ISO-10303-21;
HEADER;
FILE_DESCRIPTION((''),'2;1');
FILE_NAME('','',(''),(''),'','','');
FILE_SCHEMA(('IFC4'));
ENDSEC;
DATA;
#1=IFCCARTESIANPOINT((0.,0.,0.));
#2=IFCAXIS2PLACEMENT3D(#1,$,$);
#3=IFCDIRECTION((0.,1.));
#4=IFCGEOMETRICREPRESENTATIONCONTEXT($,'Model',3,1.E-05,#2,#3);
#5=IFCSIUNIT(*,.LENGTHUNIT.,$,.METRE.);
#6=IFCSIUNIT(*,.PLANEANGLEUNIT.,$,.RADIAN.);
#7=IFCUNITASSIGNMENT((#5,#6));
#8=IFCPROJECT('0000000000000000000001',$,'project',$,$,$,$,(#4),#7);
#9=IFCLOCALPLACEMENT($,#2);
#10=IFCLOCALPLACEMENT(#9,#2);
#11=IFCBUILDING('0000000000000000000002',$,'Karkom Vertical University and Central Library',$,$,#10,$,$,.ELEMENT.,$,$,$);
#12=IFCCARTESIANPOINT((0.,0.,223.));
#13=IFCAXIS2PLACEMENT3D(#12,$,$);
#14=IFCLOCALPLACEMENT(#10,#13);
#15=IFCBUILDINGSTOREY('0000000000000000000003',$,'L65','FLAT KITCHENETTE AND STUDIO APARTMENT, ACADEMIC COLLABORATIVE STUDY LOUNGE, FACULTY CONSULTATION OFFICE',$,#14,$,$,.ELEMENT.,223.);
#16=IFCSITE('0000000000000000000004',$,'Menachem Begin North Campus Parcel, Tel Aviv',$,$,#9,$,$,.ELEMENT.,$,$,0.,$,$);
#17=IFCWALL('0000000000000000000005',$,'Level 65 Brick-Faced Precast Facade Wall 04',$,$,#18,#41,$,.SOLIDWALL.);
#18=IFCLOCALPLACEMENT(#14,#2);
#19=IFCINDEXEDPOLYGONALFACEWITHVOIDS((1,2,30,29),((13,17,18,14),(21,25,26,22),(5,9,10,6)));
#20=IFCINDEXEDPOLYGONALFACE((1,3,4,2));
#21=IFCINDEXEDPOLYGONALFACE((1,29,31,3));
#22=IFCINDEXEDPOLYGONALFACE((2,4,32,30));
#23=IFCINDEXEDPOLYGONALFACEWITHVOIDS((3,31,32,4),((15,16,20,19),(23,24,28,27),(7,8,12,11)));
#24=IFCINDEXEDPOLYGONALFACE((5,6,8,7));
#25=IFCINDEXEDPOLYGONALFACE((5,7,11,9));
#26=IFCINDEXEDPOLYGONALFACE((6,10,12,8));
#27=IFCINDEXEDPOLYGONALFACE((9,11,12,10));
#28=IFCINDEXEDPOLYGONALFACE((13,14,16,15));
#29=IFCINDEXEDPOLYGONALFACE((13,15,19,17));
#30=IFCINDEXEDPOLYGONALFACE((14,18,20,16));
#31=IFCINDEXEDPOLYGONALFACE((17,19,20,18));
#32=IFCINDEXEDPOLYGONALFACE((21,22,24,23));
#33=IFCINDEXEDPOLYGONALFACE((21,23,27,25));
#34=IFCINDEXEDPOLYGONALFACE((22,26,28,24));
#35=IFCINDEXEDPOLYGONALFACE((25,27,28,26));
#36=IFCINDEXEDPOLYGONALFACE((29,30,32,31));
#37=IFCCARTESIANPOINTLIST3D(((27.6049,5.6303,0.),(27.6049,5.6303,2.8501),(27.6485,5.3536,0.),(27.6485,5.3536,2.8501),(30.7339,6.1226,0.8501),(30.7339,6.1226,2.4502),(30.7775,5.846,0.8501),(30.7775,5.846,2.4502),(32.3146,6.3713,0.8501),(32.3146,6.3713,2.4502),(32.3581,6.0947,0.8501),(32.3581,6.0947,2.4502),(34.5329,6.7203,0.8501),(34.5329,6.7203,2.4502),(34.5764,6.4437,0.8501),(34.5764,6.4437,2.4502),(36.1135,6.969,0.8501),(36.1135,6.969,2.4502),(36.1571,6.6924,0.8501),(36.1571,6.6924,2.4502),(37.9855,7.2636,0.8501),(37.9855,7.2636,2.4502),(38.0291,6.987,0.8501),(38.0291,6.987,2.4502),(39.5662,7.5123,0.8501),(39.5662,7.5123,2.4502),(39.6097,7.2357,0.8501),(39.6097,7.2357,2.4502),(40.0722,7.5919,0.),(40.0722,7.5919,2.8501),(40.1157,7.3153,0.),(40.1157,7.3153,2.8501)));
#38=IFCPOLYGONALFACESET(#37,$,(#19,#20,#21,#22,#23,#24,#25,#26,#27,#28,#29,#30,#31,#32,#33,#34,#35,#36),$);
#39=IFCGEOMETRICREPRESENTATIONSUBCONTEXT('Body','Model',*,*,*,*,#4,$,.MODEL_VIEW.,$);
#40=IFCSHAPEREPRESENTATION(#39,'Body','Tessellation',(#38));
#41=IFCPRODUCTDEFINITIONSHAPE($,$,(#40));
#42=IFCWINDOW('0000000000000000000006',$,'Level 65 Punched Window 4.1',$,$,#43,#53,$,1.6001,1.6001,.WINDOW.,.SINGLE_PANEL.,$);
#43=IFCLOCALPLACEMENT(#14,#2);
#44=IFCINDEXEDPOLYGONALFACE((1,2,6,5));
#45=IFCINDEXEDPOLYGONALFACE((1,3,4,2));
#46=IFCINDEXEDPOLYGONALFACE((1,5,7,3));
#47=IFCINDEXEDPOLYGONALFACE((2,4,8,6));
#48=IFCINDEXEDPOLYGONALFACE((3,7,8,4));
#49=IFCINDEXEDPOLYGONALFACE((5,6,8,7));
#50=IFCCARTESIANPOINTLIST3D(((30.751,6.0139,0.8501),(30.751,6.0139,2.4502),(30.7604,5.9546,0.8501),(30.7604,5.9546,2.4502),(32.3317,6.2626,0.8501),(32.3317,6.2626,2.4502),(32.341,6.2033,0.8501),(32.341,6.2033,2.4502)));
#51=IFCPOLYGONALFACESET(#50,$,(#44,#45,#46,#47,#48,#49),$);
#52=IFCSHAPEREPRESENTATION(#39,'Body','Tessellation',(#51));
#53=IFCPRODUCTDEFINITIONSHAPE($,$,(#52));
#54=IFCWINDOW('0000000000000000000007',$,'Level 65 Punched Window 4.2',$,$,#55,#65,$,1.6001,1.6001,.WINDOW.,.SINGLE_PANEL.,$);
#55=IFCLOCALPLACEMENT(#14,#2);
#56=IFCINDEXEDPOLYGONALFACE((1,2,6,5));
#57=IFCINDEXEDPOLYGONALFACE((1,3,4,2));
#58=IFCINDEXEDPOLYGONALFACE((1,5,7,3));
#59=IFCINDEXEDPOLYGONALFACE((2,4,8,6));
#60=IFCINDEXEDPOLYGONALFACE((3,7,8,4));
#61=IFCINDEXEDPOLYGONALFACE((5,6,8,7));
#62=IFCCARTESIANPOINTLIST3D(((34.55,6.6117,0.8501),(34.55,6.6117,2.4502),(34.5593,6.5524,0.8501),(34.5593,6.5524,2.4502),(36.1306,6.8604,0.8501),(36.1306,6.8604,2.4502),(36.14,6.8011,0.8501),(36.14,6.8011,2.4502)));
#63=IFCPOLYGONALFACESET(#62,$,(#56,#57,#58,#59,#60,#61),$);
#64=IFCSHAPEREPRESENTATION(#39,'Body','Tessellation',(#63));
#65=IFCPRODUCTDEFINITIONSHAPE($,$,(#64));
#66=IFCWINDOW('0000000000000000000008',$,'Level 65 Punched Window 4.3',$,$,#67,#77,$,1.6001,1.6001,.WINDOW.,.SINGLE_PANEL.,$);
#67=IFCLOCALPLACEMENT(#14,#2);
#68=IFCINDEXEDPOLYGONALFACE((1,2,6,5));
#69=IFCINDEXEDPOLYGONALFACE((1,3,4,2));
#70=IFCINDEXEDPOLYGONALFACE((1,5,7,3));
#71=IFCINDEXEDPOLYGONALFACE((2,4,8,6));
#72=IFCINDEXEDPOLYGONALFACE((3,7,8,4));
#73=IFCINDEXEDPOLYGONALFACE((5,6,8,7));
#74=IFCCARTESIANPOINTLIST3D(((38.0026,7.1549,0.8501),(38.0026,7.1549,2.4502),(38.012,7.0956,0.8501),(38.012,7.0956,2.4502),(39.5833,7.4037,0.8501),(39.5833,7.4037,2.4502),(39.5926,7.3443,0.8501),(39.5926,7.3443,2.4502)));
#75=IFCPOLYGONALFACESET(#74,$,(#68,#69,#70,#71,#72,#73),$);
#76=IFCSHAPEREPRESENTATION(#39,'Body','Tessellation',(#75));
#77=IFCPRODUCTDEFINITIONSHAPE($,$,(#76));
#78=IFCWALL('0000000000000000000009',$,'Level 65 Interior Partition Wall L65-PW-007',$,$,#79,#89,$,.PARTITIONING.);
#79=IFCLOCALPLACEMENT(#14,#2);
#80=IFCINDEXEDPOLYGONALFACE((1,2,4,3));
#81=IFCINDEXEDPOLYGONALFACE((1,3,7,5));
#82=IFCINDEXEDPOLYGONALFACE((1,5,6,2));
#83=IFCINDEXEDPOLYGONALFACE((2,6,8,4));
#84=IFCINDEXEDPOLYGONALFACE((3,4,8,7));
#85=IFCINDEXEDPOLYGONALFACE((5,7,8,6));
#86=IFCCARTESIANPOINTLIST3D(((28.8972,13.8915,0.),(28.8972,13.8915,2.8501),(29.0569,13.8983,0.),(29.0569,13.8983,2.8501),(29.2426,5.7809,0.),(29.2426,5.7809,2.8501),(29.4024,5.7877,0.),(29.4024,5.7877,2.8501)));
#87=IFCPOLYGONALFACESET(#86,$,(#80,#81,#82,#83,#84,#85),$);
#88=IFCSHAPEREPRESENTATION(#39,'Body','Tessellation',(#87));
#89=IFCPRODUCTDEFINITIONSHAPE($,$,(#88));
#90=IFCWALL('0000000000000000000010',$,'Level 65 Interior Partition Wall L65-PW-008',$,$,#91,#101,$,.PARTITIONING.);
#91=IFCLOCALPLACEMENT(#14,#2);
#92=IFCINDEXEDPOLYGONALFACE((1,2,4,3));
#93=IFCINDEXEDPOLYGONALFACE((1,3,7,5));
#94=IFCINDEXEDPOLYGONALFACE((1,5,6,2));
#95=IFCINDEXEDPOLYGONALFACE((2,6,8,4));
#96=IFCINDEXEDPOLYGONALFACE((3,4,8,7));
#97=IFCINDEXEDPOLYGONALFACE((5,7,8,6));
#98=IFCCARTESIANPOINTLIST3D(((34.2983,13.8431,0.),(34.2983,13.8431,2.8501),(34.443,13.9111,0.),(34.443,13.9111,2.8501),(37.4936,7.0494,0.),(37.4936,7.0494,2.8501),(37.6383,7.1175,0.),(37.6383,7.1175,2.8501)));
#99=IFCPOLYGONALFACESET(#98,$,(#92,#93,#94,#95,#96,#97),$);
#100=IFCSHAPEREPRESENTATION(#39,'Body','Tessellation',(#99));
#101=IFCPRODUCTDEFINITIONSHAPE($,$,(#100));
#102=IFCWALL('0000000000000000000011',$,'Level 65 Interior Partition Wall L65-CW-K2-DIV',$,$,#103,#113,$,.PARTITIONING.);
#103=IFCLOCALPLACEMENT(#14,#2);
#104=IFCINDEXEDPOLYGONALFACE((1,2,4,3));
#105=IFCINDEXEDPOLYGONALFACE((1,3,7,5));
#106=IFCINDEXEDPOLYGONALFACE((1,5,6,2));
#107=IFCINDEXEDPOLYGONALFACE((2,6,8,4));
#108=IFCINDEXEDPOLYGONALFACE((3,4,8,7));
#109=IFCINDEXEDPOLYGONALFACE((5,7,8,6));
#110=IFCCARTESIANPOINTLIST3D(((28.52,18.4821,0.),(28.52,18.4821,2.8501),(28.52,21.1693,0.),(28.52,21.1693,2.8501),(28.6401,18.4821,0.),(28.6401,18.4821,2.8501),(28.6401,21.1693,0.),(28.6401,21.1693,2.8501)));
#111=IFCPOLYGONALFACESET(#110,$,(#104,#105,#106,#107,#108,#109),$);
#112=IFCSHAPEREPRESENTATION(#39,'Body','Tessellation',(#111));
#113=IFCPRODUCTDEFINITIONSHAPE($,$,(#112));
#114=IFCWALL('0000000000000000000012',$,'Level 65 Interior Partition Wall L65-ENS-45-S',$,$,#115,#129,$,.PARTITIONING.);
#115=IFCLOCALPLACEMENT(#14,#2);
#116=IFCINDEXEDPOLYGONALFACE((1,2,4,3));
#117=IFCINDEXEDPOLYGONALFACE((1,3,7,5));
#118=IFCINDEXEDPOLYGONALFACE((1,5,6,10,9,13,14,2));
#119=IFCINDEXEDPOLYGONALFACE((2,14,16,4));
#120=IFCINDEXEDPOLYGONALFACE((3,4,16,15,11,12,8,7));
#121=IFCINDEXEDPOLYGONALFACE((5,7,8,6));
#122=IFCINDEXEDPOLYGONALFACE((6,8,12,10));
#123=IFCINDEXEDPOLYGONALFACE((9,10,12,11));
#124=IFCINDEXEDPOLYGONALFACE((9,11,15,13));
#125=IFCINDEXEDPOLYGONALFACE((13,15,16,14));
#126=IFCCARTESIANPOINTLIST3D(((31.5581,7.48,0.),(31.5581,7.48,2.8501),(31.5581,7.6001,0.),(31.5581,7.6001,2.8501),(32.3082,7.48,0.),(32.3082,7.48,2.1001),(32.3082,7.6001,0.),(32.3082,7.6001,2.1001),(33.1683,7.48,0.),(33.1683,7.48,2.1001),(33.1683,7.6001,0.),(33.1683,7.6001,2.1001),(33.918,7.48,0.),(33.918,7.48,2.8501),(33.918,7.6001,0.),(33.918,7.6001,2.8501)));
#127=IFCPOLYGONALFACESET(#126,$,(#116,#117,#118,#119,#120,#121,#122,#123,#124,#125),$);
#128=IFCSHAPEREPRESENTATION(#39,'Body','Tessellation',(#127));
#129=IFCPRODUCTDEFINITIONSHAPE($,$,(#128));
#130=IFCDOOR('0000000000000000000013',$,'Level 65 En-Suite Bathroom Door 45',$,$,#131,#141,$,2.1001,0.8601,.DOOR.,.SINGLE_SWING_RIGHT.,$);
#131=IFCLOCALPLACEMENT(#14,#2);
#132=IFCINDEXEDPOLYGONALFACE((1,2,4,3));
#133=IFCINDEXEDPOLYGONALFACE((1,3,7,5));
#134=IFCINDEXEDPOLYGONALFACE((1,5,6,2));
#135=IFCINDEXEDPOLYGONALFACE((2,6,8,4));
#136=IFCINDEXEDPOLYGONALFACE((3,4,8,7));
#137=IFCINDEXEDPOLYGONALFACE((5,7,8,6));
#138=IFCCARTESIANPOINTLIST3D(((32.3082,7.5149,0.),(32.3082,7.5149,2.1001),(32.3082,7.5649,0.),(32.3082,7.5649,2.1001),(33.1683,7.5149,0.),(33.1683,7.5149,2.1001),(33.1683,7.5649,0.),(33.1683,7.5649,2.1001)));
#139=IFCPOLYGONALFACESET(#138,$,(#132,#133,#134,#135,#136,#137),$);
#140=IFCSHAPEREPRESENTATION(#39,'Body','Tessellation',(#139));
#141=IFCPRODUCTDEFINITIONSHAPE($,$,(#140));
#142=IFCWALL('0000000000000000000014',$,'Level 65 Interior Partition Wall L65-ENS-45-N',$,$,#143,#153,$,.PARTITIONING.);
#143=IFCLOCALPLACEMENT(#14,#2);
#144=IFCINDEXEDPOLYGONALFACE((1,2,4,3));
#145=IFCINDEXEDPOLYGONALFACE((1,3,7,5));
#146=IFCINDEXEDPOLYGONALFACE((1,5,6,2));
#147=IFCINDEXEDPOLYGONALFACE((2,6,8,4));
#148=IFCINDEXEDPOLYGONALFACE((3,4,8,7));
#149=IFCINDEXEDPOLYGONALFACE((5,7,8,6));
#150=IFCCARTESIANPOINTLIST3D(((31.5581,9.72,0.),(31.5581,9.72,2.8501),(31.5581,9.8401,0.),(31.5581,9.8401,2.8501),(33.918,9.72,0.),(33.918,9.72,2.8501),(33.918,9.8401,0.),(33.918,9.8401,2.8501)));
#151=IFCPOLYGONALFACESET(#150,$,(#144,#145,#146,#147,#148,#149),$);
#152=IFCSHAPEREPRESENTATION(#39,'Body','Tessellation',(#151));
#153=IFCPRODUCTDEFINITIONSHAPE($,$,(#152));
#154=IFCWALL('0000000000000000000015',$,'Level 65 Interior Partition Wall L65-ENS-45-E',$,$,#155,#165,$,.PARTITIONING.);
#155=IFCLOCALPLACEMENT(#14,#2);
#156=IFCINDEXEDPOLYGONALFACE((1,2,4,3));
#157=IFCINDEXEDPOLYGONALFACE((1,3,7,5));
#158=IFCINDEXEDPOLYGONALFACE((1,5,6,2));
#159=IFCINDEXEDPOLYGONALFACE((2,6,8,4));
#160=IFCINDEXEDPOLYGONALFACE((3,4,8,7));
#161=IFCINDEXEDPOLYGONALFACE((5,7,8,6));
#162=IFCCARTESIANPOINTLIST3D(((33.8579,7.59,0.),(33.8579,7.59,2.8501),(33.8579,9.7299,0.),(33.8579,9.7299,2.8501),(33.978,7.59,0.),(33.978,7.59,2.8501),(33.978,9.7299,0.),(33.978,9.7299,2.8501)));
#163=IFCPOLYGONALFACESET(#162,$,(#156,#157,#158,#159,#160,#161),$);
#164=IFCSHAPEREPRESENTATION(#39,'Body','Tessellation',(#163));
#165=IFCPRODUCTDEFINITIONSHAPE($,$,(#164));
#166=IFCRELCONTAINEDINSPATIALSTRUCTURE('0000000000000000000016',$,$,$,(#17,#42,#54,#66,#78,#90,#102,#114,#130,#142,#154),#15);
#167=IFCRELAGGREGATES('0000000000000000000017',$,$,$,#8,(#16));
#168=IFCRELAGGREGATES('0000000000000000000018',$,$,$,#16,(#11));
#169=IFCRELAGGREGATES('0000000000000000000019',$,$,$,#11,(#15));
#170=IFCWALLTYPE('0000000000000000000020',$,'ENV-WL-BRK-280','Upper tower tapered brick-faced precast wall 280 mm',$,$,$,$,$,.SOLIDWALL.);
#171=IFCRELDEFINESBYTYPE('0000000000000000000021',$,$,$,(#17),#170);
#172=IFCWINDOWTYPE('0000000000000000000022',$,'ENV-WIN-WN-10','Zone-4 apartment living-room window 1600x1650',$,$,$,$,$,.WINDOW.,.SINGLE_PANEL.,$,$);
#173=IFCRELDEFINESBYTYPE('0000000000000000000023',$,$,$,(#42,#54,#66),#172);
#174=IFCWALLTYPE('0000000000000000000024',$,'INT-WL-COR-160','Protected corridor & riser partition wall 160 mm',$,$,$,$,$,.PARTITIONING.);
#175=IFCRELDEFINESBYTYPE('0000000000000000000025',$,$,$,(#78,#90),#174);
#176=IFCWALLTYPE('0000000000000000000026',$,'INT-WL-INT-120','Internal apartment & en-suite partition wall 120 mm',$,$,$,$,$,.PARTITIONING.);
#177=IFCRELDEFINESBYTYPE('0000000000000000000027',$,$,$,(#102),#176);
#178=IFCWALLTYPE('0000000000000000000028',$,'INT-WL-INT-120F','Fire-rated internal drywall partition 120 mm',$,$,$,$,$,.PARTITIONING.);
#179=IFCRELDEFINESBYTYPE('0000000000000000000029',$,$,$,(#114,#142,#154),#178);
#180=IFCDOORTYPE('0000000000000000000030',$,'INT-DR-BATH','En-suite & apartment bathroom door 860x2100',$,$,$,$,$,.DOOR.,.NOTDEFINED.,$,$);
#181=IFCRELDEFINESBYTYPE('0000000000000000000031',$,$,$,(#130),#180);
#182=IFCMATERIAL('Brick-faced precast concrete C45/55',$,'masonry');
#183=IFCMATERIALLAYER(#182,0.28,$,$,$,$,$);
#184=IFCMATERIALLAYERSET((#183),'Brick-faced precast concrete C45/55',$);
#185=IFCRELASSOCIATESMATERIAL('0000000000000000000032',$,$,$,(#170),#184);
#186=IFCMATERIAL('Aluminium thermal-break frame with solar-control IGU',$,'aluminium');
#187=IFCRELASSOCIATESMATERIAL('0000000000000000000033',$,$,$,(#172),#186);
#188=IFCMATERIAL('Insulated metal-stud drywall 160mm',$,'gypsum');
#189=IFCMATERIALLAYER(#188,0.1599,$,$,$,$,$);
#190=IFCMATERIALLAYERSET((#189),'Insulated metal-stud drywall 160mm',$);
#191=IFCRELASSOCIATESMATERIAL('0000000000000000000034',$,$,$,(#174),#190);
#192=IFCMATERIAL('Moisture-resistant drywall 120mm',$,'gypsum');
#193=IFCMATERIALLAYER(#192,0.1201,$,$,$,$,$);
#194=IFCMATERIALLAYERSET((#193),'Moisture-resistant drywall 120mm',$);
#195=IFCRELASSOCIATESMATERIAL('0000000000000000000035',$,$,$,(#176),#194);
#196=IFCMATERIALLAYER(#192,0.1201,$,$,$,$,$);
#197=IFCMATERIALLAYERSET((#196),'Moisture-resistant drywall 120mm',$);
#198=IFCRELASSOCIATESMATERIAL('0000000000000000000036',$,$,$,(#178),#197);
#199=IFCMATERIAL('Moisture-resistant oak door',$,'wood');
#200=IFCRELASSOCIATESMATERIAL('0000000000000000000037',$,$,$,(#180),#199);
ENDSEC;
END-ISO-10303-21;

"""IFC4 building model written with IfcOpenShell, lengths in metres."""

from ifc_helpers import new_model, si_unit, direction, frame, frame_2d, origin, origin_with_axes, place, context, subcontext, project, spatial, rectangle, extrude, source, transform, mapped, material, layer, layer_set, type_object, element, fill, save


model = new_model("IFC4")

# Units and contexts
model_context = context("Model", 3, precision=1e-05, world=origin(), true_north=direction((0.0, 1.0)))
body_context = subcontext(model_context, "Body", "Model", "MODEL_VIEW")
ifc_project = project(units=[si_unit("LENGTHUNIT", "METRE"), si_unit("PLANEANGLEUNIT", "RADIAN")], contexts=[model_context])

# Site, building, storey
site_placement = place(None, origin())
site = spatial("IfcSite", under=ifc_project, at=site_placement, Name="Menachem Begin North Campus Parcel, Tel Aviv", CompositionType="ELEMENT", RefElevation=0.0)
building_placement = place(site_placement, origin())
building = spatial("IfcBuilding", under=site, at=building_placement, Name="Karkom Vertical University and Central Library", CompositionType="ELEMENT")
storey_placement = place(building_placement, frame((0.0, 0.0, 223.0)))
storey = spatial("IfcBuildingStorey", under=building, at=storey_placement, Name="L65", Description="FLAT KITCHENETTE AND STUDIO APARTMENT, ACADEMIC COLLABORATIVE STUDY LOUNGE, FACULTY CONSULTATION OFFICE", CompositionType="ELEMENT", Elevation=223.0)

# Wall, openings, windows
ifc_material_1 = material(Name="Brick-faced precast concrete C45/55", Category="masonry")
ifc_layer_1 = layer(ifc_material_1, 0.28)
ifc_layer_set_1 = layer_set([ifc_layer_1], Name="Brick-faced precast concrete C45/55")
wall_type_1 = type_object("IfcWallType", Name="ENV-WL-BRK-280", Description="Upper tower tapered brick-faced precast wall 280 mm", PredefinedType="SOLIDWALL", material=ifc_layer_set_1)
wall_1_placement = place(storey_placement, frame((27.6267, 5.4919, 0.0), z_axis=(0.0, 0.0, 1.0), x_axis=(0.987846, 0.155433, 0.0)))
wall_1 = element("IfcWall", 1, at=wall_1_placement, inside=storey, type_object=wall_type_1, Name="Level 65 Brick-Faced Precast Facade Wall 04", PredefinedType="SOLIDWALL", context=body_context, shape_type="SweptSolid", body=[
    extrude(rectangle(XDim=12.6206, YDim=0.28, at=frame_2d((6.3103, 0.0))), origin(), (0.0, 0.0, 1.0), 2.8501),
])
opening_1_placement = place(wall_1_placement, frame((3.1675, 0.0, 0.8501)))
opening_1 = element("IfcOpeningElement", 2, at=opening_1_placement, cuts=wall_1, PredefinedType="OPENING", context=body_context, shape_type="SweptSolid", body=[
    extrude(rectangle(XDim=1.6001, YDim=1.6001, at=frame_2d((0.8, 0.8))), frame((0.0, 0.1499, 0.0), z_axis=(0.0, -1.0, 0.0), x_axis=(1.0, 0.0, 0.0)), (0.0, 0.0, 1.0), 0.3),
])
opening_2_placement = place(wall_1_placement, frame((7.0132, 0.0, 0.8501)))
opening_2 = element("IfcOpeningElement", 3, at=opening_2_placement, cuts=wall_1, PredefinedType="OPENING", context=body_context, shape_type="SweptSolid", body=[
    extrude(rectangle(XDim=1.6001, YDim=1.6001, at=frame_2d((0.8, 0.8))), frame((0.0, 0.1499, 0.0), z_axis=(0.0, -1.0, 0.0), x_axis=(1.0, 0.0, 0.0)), (0.0, 0.0, 1.0), 0.3),
])
opening_3_placement = place(wall_1_placement, frame((10.5083, 0.0, 0.8501)))
opening_3 = element("IfcOpeningElement", 4, at=opening_3_placement, cuts=wall_1, PredefinedType="OPENING", context=body_context, shape_type="SweptSolid", body=[
    extrude(rectangle(XDim=1.6001, YDim=1.6001, at=frame_2d((0.8, 0.8))), frame((0.0, 0.1499, 0.0), z_axis=(0.0, -1.0, 0.0), x_axis=(1.0, 0.0, 0.0)), (0.0, 0.0, 1.0), 0.3),
])
ifc_material_2 = material(Name="Aluminium thermal-break frame with solar-control IGU", Category="aluminium")
window_type = type_object("IfcWindowType", Name="ENV-WIN-WN-10", Description="Zone-4 apartment living-room window 1600x1650", PartitioningType="SINGLE_PANEL", PredefinedType="WINDOW", material=ifc_material_2)
shared_shape_1 = source(origin_with_axes(), body_context, "Body", "SweptSolid", [
    extrude(rectangle(XDim=1.6001, YDim=1.6001, at=frame_2d((0.8, 0.8))), frame((0.0, 0.03, 0.0), z_axis=(0.0, -1.0, 0.0), x_axis=(1.0, 0.0, 0.0)), (0.0, 0.0, 1.0), 0.0601),
])
window_1_placement = place(opening_1_placement, origin())
window_1 = element("IfcWindow", 5, at=window_1_placement, inside=storey, type_object=window_type, Name="Level 65 Punched Window 4.1", OverallHeight=1.6001, OverallWidth=1.6001, PartitioningType="SINGLE_PANEL", PredefinedType="WINDOW", context=body_context, shape_type="MappedRepresentation", body=[
    mapped(shared_shape_1, transform((0.0, 0.0, 0.0), scale=1.0)),
])
fill(opening_1, window_1)
window_2_placement = place(opening_2_placement, origin())
window_2 = element("IfcWindow", 6, at=window_2_placement, inside=storey, type_object=window_type, Name="Level 65 Punched Window 4.2", OverallHeight=1.6001, OverallWidth=1.6001, PartitioningType="SINGLE_PANEL", PredefinedType="WINDOW", context=body_context, shape_type="MappedRepresentation", body=[
    mapped(shared_shape_1, transform((0.0, 0.0, 0.0), scale=1.0)),
])
fill(opening_2, window_2)
window_3_placement = place(opening_3_placement, origin())
window_3 = element("IfcWindow", 7, at=window_3_placement, inside=storey, type_object=window_type, Name="Level 65 Punched Window 4.3", OverallHeight=1.6001, OverallWidth=1.6001, PartitioningType="SINGLE_PANEL", PredefinedType="WINDOW", context=body_context, shape_type="MappedRepresentation", body=[
    mapped(shared_shape_1, transform((0.0, 0.0, 0.0), scale=1.0)),
])
fill(opening_3, window_3)

# Walls
ifc_material_3 = material(Name="Insulated metal-stud drywall 160mm", Category="gypsum")
ifc_layer_2 = layer(ifc_material_3, 0.1599)
ifc_layer_set_2 = layer_set([ifc_layer_2], Name="Insulated metal-stud drywall 160mm")
wall_type_2 = type_object("IfcWallType", Name="INT-WL-COR-160", Description="Protected corridor & riser partition wall 160 mm", PredefinedType="PARTITIONING", material=ifc_layer_set_2)
wall_2_placement = place(storey_placement, frame((28.9771, 13.895, 0.0), z_axis=(0.0, 0.0, 1.0), x_axis=(0.042555, -0.999094, 0.0)))
element("IfcWall", 8, at=wall_2_placement, inside=storey, type_object=wall_type_2, Name="Level 65 Interior Partition Wall L65-PW-007", PredefinedType="PARTITIONING", context=body_context, shape_type="SweptSolid", body=[
    extrude(rectangle(XDim=8.1179, YDim=0.1599, at=frame_2d((4.0591, 0.0))), origin(), (0.0, 0.0, 1.0), 2.8501),
])
wall_3_placement = place(storey_placement, frame((34.3706, 13.8772, 0.0), z_axis=(0.0, 0.0, 1.0), x_axis=(0.425609, -0.904907, 0.0)))
element("IfcWall", 9, at=wall_3_placement, inside=storey, type_object=wall_type_2, Name="Level 65 Interior Partition Wall L65-PW-008", PredefinedType="PARTITIONING", context=body_context, shape_type="SweptSolid", body=[
    extrude(rectangle(XDim=7.5076, YDim=0.1599, at=frame_2d((3.7539, 0.0))), origin(), (0.0, 0.0, 1.0), 2.8501),
])
ifc_material_4 = material(Name="Moisture-resistant drywall 120mm", Category="gypsum")
ifc_layer_3 = layer(ifc_material_4, 0.1201)
ifc_layer_set_3 = layer_set([ifc_layer_3], Name="Moisture-resistant drywall 120mm")
wall_type_3 = type_object("IfcWallType", Name="INT-WL-INT-120", Description="Internal apartment & en-suite partition wall 120 mm", PredefinedType="PARTITIONING", material=ifc_layer_set_3)
wall_4_placement = place(storey_placement, frame((28.5801, 18.4819, 0.0), z_axis=(0.0, 0.0, 1.0), x_axis=(0.0, 1.0, 0.0)))
element("IfcWall", 10, at=wall_4_placement, inside=storey, type_object=wall_type_3, Name="Level 65 Interior Partition Wall L65-CW-K2-DIV", PredefinedType="PARTITIONING", context=body_context, shape_type="SweptSolid", body=[
    extrude(rectangle(XDim=2.6873, YDim=0.1201, at=frame_2d((1.3438, 0.0))), origin(), (0.0, 0.0, 1.0), 2.8501),
])

# Wall, opening, door
ifc_layer_4 = layer(ifc_material_4, 0.1201)
ifc_layer_set_4 = layer_set([ifc_layer_4], Name="Moisture-resistant drywall 120mm")
wall_type_4 = type_object("IfcWallType", Name="INT-WL-INT-120F", Description="Fire-rated internal drywall partition 120 mm", PredefinedType="PARTITIONING", material=ifc_layer_set_4)
wall_5_placement = place(storey_placement, frame((31.5581, 7.54, 0.0), z_axis=(0.0, 0.0, 1.0), x_axis=(1.0, 0.0, 0.0)))
wall_5 = element("IfcWall", 11, at=wall_5_placement, inside=storey, type_object=wall_type_4, Name="Level 65 Interior Partition Wall L65-ENS-45-S", PredefinedType="PARTITIONING", context=body_context, shape_type="SweptSolid", body=[
    extrude(rectangle(XDim=2.3599, YDim=0.1201, at=frame_2d((1.1799, 0.0))), origin(), (0.0, 0.0, 1.0), 2.8501),
])
opening_4_placement = place(wall_5_placement, frame((0.75, 0.0, 0.0)))
opening_4 = element("IfcOpeningElement", 12, at=opening_4_placement, cuts=wall_5, PredefinedType="OPENING", context=body_context, shape_type="SweptSolid", body=[
    extrude(rectangle(XDim=0.8601, YDim=2.1001, at=frame_2d((0.4302, 1.05))), frame((0.0, 0.0701, 0.0), z_axis=(0.0, -1.0, 0.0), x_axis=(1.0, 0.0, 0.0)), (0.0, 0.0, 1.0), 0.1401),
])
ifc_material_5 = material(Name="Moisture-resistant oak door", Category="wood")
door_type_1 = type_object("IfcDoorType", Name="INT-DR-BATH", Description="En-suite & apartment bathroom door 860x2100", OperationType="NOTDEFINED", PredefinedType="DOOR", material=ifc_material_5)
shared_shape_2 = source(origin_with_axes(), body_context, "Body", "SweptSolid", [
    extrude(rectangle(XDim=0.8601, YDim=2.1001, at=frame_2d((0.4302, 1.05))), frame((0.0, 0.0249, 0.0), z_axis=(0.0, -1.0, 0.0), x_axis=(1.0, 0.0, 0.0)), (0.0, 0.0, 1.0), 0.05),
])
door_1_placement = place(opening_4_placement, origin())
door_1 = element("IfcDoor", 13, at=door_1_placement, inside=storey, type_object=door_type_1, Name="Level 65 En-Suite Bathroom Door 45", OperationType="SINGLE_SWING_RIGHT", OverallHeight=2.1001, OverallWidth=0.8601, PredefinedType="DOOR", context=body_context, shape_type="MappedRepresentation", body=[
    mapped(shared_shape_2, transform((0.0, 0.0, 0.0), scale=1.0)),
])
fill(opening_4, door_1)

# Walls
wall_6_placement = place(storey_placement, frame((33.918, 9.78, 0.0), z_axis=(0.0, 0.0, 1.0), x_axis=(-1.0, 0.0, 0.0)))
element("IfcWall", 14, at=wall_6_placement, inside=storey, type_object=wall_type_4, Name="Level 65 Interior Partition Wall L65-ENS-45-N", PredefinedType="PARTITIONING", context=body_context, shape_type="SweptSolid", body=[
    extrude(rectangle(XDim=2.3599, YDim=0.1201, at=frame_2d((1.1799, 0.0))), origin(), (0.0, 0.0, 1.0), 2.8501),
])
for number, where, z_axis, x_axis, name in (
    (15, (33.918, 7.5901, 0.0), (0.0, 0.0, 1.0), (0.0, 1.0, 0.0), "Level 65 Interior Partition Wall L65-ENS-45-E"),
):
    element("IfcWall", number, at=place(storey_placement, frame(where, z_axis=z_axis, x_axis=x_axis)), inside=storey, type_object=wall_type_4, Name=name, PredefinedType="PARTITIONING", context=body_context, shape_type="SweptSolid", body=[
        extrude(rectangle(XDim=2.1399, YDim=0.1201, at=frame_2d((1.0698, 0.0))), origin(), (0.0, 0.0, 1.0), 2.8501),
    ])

save(model, "model.ifc")
